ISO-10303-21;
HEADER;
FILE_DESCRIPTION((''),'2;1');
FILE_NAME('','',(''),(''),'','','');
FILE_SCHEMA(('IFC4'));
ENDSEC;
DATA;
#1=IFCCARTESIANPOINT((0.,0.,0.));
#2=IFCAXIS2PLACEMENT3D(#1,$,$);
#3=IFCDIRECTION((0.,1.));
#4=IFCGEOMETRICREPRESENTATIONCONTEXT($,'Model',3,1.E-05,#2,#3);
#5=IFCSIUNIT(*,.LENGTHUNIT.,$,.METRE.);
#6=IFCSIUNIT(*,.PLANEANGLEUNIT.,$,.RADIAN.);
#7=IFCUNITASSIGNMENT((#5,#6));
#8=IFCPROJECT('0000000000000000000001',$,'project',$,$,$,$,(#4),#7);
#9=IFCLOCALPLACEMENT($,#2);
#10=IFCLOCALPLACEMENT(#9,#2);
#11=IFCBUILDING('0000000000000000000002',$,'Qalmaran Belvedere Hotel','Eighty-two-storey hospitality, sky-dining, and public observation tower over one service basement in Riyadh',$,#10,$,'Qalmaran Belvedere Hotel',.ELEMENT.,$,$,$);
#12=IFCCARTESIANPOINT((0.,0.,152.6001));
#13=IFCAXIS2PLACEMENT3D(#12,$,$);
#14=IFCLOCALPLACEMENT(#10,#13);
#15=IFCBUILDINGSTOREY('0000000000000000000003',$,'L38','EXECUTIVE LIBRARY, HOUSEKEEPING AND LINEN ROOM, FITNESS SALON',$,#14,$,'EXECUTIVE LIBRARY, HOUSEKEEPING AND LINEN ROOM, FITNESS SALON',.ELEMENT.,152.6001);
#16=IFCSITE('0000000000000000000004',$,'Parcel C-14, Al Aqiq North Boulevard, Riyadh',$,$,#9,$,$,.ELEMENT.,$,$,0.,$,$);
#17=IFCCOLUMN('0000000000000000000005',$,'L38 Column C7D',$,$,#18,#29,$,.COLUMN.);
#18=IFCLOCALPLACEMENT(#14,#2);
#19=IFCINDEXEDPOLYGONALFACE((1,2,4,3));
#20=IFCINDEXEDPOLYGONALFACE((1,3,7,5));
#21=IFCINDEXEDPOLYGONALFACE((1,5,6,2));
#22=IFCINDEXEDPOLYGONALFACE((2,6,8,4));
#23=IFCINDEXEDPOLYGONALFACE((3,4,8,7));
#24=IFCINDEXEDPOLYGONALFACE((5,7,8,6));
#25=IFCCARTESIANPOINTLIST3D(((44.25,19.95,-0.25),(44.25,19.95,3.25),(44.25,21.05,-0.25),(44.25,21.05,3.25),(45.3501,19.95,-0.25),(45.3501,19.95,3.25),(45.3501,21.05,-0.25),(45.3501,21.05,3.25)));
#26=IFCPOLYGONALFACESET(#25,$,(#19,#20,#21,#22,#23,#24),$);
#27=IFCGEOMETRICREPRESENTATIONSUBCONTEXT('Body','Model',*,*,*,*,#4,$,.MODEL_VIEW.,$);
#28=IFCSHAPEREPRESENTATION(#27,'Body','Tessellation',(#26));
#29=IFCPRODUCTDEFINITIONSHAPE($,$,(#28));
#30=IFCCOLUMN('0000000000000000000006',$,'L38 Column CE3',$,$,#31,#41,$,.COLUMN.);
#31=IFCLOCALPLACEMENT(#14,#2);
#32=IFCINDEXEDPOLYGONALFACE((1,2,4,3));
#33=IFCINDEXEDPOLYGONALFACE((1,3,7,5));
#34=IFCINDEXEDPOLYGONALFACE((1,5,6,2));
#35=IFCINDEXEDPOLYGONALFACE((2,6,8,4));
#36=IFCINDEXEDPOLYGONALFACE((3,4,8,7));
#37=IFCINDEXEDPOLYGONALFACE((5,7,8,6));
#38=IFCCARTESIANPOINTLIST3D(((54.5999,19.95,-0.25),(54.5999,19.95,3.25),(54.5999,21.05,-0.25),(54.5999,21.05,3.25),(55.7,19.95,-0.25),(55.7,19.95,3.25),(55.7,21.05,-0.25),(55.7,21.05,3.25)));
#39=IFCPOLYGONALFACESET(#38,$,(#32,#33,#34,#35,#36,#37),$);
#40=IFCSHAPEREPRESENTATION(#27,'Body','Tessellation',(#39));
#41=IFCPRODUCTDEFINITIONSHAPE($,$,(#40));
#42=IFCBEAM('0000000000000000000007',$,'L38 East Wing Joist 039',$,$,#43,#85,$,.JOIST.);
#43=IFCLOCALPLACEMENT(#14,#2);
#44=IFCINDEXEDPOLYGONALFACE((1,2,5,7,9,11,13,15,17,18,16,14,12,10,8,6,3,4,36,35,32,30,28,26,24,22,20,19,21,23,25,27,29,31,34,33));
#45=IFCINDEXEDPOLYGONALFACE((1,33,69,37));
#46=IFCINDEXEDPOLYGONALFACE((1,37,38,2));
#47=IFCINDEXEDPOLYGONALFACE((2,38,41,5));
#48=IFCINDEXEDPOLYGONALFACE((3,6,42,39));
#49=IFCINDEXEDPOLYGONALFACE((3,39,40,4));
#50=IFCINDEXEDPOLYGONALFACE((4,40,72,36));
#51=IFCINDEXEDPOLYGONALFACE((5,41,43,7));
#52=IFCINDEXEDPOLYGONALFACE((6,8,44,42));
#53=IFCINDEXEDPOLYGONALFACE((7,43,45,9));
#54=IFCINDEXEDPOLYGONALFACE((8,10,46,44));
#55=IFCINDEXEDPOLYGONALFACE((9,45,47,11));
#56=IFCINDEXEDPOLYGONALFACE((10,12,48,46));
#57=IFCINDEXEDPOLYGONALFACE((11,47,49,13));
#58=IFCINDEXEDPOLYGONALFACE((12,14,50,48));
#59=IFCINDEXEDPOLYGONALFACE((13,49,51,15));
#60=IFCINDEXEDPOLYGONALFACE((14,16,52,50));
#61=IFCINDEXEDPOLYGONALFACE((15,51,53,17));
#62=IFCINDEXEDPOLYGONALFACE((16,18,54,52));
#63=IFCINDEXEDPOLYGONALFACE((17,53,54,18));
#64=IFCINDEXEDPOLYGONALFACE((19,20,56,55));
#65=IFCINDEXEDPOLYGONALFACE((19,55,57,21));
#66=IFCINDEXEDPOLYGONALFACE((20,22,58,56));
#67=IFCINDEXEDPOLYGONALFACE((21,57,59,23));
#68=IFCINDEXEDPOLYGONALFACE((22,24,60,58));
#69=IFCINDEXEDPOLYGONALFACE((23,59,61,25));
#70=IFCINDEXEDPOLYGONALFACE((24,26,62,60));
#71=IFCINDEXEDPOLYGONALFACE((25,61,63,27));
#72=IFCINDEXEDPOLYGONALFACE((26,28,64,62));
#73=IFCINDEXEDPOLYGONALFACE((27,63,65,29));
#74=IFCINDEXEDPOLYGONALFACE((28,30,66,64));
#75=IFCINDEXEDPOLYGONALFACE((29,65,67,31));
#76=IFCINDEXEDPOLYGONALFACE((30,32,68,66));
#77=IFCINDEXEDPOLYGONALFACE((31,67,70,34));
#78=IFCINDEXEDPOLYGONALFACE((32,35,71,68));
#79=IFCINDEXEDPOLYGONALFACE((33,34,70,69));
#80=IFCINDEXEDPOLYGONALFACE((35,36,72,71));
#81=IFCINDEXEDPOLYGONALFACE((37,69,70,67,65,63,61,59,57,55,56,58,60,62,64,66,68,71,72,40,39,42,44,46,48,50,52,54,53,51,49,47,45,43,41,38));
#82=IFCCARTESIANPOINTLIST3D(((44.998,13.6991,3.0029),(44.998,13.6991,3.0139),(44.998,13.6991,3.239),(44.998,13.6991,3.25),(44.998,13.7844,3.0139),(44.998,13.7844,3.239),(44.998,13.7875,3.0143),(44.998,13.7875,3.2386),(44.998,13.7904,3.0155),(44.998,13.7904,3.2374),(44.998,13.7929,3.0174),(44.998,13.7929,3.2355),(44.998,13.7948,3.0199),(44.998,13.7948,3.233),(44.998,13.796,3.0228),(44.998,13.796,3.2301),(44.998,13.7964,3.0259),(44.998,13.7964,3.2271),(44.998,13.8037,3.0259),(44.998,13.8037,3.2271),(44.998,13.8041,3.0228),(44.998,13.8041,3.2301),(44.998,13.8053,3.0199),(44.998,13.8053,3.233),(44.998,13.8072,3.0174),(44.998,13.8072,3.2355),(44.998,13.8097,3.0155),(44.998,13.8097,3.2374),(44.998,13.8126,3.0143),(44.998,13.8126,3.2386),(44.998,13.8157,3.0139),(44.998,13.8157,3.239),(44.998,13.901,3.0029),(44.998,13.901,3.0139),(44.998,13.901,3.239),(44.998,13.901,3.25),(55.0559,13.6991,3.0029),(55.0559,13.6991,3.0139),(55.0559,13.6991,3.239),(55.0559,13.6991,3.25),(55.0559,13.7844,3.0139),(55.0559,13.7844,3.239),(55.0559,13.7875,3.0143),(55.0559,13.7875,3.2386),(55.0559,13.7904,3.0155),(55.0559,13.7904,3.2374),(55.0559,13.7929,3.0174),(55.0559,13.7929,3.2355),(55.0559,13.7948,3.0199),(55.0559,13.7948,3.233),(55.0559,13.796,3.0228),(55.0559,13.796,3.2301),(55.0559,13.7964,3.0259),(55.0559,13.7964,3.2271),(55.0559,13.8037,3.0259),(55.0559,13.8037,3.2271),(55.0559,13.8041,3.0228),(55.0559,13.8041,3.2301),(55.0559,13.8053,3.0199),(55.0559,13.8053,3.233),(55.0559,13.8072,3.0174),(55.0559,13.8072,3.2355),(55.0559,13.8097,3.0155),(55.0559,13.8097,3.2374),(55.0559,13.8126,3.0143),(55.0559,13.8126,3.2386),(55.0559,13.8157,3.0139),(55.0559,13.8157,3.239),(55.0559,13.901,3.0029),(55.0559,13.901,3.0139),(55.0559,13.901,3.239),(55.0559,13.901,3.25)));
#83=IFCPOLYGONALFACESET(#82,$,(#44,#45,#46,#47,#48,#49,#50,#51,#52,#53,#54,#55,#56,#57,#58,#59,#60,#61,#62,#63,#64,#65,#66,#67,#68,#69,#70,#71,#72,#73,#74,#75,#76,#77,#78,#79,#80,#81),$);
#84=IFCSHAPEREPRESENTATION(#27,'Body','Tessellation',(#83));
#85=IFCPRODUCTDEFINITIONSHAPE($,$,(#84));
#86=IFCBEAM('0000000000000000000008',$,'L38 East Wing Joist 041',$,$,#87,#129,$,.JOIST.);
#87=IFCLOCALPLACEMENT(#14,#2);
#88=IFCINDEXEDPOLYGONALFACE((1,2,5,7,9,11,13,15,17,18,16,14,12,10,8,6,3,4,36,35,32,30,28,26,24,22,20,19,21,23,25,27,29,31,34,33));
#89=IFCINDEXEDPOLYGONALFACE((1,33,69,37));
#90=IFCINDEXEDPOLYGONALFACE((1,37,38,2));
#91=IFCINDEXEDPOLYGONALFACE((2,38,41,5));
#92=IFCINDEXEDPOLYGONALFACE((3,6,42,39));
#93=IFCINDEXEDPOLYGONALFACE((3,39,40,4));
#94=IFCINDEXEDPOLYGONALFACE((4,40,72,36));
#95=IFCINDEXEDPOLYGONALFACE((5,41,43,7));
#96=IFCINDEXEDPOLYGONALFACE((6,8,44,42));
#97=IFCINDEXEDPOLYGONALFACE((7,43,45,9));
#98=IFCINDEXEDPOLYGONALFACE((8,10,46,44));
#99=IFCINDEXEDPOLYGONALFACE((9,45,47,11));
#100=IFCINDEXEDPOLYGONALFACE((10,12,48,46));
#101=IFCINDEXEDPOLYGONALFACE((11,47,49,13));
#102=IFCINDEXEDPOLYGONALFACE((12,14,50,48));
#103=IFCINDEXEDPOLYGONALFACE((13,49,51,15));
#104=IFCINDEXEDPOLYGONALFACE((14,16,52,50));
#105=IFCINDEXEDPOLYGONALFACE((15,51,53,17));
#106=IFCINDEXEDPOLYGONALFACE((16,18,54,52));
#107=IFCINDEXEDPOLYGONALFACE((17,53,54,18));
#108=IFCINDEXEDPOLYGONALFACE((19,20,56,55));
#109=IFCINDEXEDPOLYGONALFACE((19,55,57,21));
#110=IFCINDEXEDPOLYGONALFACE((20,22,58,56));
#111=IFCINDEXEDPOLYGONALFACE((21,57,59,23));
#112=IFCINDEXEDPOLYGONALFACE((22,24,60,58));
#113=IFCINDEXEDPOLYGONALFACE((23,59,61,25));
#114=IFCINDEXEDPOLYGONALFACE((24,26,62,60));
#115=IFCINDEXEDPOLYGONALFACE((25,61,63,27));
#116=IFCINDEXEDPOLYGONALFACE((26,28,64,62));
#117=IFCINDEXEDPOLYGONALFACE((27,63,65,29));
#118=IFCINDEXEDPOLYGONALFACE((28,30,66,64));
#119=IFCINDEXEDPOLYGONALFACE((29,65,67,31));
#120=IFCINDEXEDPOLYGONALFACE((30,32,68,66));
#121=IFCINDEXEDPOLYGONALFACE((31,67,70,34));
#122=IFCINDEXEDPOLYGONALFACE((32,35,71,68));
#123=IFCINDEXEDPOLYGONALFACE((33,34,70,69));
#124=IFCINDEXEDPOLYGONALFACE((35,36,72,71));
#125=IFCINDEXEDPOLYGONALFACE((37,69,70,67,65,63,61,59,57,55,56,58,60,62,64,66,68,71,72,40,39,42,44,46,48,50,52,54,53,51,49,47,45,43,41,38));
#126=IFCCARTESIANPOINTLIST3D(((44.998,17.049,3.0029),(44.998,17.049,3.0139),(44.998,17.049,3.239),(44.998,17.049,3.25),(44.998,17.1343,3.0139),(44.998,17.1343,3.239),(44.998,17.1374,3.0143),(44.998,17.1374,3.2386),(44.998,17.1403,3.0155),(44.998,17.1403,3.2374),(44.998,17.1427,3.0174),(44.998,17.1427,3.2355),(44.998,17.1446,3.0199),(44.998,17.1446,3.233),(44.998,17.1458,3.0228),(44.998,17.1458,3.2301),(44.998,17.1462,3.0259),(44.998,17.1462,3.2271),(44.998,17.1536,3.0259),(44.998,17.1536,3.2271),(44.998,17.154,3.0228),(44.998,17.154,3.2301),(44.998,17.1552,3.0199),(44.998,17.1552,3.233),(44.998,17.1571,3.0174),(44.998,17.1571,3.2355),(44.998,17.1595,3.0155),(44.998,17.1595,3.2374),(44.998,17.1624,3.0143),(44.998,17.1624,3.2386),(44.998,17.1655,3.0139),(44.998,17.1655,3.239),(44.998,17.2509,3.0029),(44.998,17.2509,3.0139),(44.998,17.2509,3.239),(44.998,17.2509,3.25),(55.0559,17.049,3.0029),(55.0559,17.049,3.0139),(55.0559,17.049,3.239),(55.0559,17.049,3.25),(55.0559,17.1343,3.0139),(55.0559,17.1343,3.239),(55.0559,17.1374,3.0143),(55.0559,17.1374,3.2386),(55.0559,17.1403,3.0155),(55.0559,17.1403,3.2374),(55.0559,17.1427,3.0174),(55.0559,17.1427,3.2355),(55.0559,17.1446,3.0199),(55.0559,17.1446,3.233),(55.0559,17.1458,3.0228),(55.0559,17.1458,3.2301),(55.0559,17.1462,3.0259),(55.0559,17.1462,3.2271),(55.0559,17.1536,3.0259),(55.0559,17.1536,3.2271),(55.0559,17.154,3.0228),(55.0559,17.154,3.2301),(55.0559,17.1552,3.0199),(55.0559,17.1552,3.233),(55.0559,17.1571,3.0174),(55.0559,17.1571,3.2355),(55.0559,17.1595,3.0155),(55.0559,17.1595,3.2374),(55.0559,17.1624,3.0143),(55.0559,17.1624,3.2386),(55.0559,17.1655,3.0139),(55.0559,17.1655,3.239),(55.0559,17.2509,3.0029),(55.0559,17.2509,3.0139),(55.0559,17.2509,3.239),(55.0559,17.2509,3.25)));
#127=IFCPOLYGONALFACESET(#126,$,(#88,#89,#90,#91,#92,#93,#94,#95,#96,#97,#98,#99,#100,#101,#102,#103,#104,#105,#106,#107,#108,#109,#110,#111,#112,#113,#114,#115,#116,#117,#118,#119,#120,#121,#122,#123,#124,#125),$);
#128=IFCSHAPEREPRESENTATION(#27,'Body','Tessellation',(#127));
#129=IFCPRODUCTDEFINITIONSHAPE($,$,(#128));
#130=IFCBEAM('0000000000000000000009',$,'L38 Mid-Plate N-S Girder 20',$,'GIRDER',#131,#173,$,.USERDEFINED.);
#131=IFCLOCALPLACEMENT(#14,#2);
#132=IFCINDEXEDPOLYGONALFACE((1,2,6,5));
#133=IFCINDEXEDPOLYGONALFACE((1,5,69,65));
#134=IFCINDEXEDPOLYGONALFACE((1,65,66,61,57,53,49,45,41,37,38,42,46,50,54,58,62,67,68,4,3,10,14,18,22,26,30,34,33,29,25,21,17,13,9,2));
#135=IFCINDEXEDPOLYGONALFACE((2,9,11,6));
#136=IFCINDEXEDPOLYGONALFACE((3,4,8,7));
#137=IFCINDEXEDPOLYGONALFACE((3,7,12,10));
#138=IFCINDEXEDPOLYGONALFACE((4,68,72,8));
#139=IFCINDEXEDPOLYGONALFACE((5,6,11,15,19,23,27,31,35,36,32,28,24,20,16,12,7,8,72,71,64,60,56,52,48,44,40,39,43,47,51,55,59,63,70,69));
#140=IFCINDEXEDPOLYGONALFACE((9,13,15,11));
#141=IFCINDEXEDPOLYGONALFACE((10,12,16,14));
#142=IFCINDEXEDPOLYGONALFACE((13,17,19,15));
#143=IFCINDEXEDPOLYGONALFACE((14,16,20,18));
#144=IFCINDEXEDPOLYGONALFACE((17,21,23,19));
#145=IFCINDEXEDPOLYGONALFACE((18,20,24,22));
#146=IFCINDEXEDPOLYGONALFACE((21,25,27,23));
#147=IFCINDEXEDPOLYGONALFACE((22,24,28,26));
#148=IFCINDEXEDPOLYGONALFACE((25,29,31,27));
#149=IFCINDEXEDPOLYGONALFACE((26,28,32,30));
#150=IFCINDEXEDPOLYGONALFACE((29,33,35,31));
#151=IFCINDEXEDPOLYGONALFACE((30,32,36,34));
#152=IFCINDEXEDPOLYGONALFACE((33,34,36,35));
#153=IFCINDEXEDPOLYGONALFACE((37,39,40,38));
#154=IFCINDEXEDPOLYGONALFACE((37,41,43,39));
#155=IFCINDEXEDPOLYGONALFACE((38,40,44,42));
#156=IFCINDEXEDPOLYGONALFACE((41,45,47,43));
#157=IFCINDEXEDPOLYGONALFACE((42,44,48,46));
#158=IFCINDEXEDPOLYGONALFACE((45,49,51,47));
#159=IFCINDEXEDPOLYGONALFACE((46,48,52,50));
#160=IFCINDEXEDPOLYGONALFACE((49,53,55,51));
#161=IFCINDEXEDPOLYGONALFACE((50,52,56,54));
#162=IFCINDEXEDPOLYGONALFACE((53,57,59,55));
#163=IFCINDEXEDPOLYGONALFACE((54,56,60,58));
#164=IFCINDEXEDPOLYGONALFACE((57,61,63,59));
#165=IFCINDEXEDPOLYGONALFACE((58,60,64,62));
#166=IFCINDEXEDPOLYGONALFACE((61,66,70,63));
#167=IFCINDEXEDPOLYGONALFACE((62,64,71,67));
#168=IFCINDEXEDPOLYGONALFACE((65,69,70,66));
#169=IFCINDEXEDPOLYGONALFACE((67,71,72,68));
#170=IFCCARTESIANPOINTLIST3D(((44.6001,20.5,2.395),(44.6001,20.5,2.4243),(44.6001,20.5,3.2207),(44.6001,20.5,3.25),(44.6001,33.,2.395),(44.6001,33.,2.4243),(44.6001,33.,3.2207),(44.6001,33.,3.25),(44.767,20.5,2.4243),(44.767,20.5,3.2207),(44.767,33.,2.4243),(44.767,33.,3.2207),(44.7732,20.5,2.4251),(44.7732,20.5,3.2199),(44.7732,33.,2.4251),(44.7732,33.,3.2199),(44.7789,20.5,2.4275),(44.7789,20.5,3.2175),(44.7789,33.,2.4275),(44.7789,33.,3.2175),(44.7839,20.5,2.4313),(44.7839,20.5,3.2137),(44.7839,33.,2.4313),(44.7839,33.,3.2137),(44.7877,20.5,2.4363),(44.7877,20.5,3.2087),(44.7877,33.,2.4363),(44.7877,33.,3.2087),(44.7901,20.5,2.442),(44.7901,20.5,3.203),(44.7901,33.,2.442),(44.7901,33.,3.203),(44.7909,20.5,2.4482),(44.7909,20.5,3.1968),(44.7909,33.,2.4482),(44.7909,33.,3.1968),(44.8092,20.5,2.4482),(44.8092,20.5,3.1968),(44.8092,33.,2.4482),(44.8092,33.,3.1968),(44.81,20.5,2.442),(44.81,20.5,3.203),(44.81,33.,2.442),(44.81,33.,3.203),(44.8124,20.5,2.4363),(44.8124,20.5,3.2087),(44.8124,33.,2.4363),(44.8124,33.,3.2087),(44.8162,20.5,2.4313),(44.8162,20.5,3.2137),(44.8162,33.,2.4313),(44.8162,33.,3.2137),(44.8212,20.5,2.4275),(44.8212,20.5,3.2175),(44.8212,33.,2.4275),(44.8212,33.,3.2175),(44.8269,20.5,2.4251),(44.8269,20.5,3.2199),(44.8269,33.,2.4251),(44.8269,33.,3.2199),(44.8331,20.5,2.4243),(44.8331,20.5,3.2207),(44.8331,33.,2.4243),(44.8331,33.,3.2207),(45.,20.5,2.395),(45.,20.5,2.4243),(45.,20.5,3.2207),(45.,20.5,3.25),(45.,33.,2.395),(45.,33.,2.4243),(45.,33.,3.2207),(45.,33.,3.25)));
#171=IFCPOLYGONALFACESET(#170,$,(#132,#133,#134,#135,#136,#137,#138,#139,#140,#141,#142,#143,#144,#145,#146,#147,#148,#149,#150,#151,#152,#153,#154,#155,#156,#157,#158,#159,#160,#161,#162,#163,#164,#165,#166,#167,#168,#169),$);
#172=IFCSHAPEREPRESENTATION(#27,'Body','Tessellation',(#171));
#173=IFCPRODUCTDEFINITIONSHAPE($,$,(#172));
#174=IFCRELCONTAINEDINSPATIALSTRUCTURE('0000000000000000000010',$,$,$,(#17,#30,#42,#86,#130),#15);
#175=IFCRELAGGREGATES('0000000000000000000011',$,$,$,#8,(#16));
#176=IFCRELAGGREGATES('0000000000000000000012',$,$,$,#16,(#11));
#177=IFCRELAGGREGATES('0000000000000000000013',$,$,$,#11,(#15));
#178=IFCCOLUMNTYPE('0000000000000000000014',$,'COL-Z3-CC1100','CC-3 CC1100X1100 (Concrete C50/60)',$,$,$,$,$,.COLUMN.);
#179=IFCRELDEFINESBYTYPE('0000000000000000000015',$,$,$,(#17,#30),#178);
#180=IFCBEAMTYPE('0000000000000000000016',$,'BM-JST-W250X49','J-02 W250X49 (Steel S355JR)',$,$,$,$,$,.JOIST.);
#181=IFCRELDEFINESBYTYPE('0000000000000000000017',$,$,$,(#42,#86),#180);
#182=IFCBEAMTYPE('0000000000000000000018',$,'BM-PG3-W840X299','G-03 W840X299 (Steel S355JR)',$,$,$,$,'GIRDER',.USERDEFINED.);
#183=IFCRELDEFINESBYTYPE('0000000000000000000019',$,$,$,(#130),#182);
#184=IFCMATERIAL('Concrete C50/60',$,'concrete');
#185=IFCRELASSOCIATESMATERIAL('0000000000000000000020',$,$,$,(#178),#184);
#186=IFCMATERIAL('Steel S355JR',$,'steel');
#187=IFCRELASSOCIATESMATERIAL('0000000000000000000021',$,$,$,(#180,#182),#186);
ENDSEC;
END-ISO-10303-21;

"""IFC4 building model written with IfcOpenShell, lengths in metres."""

from ifc_helpers import new_model, si_unit, direction, frame, origin, origin_2d, place, context, subcontext, project, spatial, rectangle, i_section, extrude, material, material_profile, profile_set, type_object, element, save


model = new_model("IFC4")

# Units and contexts
model_context = context("Model", 3, precision=1e-05, world=origin(), true_north=direction((0.0, 1.0)))
body_context = subcontext(model_context, "Body", "Model", "MODEL_VIEW")
ifc_project = project(units=[si_unit("LENGTHUNIT", "METRE"), si_unit("PLANEANGLEUNIT", "RADIAN")], contexts=[model_context])

# Site, building, storey
site_placement = place(None, origin())
site = spatial("IfcSite", under=ifc_project, at=site_placement, Name="Parcel C-14, Al Aqiq North Boulevard, Riyadh", CompositionType="ELEMENT", RefElevation=0.0)
building_placement = place(site_placement, origin())
building = spatial("IfcBuilding", under=site, at=building_placement, Name="Qalmaran Belvedere Hotel", Description="Eighty-two-storey hospitality, sky-dining, and public observation tower over one service basement in Riyadh", LongName="Qalmaran Belvedere Hotel", CompositionType="ELEMENT")
storey_placement = place(building_placement, frame((0.0, 0.0, 152.6001)))
storey = spatial("IfcBuildingStorey", under=building, at=storey_placement, Name="L38", Description="EXECUTIVE LIBRARY, HOUSEKEEPING AND LINEN ROOM, FITNESS SALON", LongName="EXECUTIVE LIBRARY, HOUSEKEEPING AND LINEN ROOM, FITNESS SALON", CompositionType="ELEMENT", Elevation=152.6001)

# Columns
ifc_material_1 = material(Name="Concrete C50/60", Category="concrete")
ifc_material_profile_1 = material_profile(ifc_material_1, rectangle(XDim=1.1001, YDim=1.1001, at=origin_2d()), Name="CC1100X1100")
ifc_profile_set_1 = profile_set([ifc_material_profile_1], Name="Concrete C50/60")
column_type = type_object("IfcColumnType", Name="COL-Z3-CC1100", Description="CC-3 CC1100X1100 (Concrete C50/60)", PredefinedType="COLUMN", material=ifc_profile_set_1)
for number, where, z_axis, x_axis, name in (
    (1, (44.8, 20.5, -0.25), (0.0, 0.0, 1.0), (1.0, 0.0, 0.0), "L38 Column C7D"),
    (2, (55.1499, 20.5, -0.25), (0.0, 0.0, 1.0), (1.0, 0.0, 0.0), "L38 Column CE3"),
):
    element("IfcColumn", number, at=place(storey_placement, frame(where, z_axis=z_axis, x_axis=x_axis)), inside=storey, type_object=column_type, Name=name, PredefinedType="COLUMN", context=body_context, shape_type="SweptSolid", body=[
        extrude(rectangle(XDim=1.1001, YDim=1.1001, at=origin_2d()), origin(), (0.0, 0.0, 1.0), 3.5),
    ])

# Beams
ifc_material_2 = material(Name="Steel S355JR", Category="steel")
ifc_material_profile_2 = material_profile(ifc_material_2, i_section(OverallWidth=0.2019, OverallDepth=0.2471, WebThickness=0.0073, FlangeThickness=0.011, FilletRadius=0.012, at=origin_2d()), Name="W250X49")
ifc_profile_set_2 = profile_set([ifc_material_profile_2], Name="Steel S355JR")
beam_type_1 = type_object("IfcBeamType", Name="BM-JST-W250X49", Description="J-02 W250X49 (Steel S355JR)", PredefinedType="JOIST", material=ifc_profile_set_2)
for number, where, z_axis, x_axis, name in (
    (3, (44.998, 13.8, 3.1265), (1.0, 0.0, 0.0), (0.0, 1.0, 0.0), "L38 East Wing Joist 039"),
    (4, (44.998, 17.1499, 3.1265), (1.0, 0.0, 0.0), (0.0, 1.0, 0.0), "L38 East Wing Joist 041"),
):
    element("IfcBeam", number, at=place(storey_placement, frame(where, z_axis=z_axis, x_axis=x_axis)), inside=storey, type_object=beam_type_1, Name=name, PredefinedType="JOIST", context=body_context, shape_type="SweptSolid", body=[
        extrude(i_section(OverallWidth=0.2019, OverallDepth=0.2471, WebThickness=0.0073, FlangeThickness=0.011, FilletRadius=0.012, at=origin_2d()), origin(), (0.0, 0.0, 1.0), 10.0579),
    ])
ifc_material_profile_3 = material_profile(ifc_material_2, i_section(OverallWidth=0.3999, OverallDepth=0.855, WebThickness=0.0183, FlangeThickness=0.0293, FilletRadius=0.0239, at=origin_2d()), Name="W840X299")
ifc_profile_set_3 = profile_set([ifc_material_profile_3], Name="Steel S355JR")
beam_type_2 = type_object("IfcBeamType", Name="BM-PG3-W840X299", Description="G-03 W840X299 (Steel S355JR)", ElementType="GIRDER", PredefinedType="USERDEFINED", material=ifc_profile_set_3)
beam_1_placement = place(storey_placement, frame((44.8, 20.5, 2.8225), z_axis=(0.0, 1.0, 0.0), x_axis=(-1.0, 0.0, 0.0)))
element("IfcBeam", 5, at=beam_1_placement, inside=storey, type_object=beam_type_2, Name="L38 Mid-Plate N-S Girder 20", ObjectType="GIRDER", PredefinedType="USERDEFINED", context=body_context, shape_type="SweptSolid", body=[
    extrude(i_section(OverallWidth=0.3999, OverallDepth=0.855, WebThickness=0.0183, FlangeThickness=0.0293, FilletRadius=0.0239, at=origin_2d()), origin(), (0.0, 0.0, 1.0), 12.5),
])

save(model, "model.ifc")
